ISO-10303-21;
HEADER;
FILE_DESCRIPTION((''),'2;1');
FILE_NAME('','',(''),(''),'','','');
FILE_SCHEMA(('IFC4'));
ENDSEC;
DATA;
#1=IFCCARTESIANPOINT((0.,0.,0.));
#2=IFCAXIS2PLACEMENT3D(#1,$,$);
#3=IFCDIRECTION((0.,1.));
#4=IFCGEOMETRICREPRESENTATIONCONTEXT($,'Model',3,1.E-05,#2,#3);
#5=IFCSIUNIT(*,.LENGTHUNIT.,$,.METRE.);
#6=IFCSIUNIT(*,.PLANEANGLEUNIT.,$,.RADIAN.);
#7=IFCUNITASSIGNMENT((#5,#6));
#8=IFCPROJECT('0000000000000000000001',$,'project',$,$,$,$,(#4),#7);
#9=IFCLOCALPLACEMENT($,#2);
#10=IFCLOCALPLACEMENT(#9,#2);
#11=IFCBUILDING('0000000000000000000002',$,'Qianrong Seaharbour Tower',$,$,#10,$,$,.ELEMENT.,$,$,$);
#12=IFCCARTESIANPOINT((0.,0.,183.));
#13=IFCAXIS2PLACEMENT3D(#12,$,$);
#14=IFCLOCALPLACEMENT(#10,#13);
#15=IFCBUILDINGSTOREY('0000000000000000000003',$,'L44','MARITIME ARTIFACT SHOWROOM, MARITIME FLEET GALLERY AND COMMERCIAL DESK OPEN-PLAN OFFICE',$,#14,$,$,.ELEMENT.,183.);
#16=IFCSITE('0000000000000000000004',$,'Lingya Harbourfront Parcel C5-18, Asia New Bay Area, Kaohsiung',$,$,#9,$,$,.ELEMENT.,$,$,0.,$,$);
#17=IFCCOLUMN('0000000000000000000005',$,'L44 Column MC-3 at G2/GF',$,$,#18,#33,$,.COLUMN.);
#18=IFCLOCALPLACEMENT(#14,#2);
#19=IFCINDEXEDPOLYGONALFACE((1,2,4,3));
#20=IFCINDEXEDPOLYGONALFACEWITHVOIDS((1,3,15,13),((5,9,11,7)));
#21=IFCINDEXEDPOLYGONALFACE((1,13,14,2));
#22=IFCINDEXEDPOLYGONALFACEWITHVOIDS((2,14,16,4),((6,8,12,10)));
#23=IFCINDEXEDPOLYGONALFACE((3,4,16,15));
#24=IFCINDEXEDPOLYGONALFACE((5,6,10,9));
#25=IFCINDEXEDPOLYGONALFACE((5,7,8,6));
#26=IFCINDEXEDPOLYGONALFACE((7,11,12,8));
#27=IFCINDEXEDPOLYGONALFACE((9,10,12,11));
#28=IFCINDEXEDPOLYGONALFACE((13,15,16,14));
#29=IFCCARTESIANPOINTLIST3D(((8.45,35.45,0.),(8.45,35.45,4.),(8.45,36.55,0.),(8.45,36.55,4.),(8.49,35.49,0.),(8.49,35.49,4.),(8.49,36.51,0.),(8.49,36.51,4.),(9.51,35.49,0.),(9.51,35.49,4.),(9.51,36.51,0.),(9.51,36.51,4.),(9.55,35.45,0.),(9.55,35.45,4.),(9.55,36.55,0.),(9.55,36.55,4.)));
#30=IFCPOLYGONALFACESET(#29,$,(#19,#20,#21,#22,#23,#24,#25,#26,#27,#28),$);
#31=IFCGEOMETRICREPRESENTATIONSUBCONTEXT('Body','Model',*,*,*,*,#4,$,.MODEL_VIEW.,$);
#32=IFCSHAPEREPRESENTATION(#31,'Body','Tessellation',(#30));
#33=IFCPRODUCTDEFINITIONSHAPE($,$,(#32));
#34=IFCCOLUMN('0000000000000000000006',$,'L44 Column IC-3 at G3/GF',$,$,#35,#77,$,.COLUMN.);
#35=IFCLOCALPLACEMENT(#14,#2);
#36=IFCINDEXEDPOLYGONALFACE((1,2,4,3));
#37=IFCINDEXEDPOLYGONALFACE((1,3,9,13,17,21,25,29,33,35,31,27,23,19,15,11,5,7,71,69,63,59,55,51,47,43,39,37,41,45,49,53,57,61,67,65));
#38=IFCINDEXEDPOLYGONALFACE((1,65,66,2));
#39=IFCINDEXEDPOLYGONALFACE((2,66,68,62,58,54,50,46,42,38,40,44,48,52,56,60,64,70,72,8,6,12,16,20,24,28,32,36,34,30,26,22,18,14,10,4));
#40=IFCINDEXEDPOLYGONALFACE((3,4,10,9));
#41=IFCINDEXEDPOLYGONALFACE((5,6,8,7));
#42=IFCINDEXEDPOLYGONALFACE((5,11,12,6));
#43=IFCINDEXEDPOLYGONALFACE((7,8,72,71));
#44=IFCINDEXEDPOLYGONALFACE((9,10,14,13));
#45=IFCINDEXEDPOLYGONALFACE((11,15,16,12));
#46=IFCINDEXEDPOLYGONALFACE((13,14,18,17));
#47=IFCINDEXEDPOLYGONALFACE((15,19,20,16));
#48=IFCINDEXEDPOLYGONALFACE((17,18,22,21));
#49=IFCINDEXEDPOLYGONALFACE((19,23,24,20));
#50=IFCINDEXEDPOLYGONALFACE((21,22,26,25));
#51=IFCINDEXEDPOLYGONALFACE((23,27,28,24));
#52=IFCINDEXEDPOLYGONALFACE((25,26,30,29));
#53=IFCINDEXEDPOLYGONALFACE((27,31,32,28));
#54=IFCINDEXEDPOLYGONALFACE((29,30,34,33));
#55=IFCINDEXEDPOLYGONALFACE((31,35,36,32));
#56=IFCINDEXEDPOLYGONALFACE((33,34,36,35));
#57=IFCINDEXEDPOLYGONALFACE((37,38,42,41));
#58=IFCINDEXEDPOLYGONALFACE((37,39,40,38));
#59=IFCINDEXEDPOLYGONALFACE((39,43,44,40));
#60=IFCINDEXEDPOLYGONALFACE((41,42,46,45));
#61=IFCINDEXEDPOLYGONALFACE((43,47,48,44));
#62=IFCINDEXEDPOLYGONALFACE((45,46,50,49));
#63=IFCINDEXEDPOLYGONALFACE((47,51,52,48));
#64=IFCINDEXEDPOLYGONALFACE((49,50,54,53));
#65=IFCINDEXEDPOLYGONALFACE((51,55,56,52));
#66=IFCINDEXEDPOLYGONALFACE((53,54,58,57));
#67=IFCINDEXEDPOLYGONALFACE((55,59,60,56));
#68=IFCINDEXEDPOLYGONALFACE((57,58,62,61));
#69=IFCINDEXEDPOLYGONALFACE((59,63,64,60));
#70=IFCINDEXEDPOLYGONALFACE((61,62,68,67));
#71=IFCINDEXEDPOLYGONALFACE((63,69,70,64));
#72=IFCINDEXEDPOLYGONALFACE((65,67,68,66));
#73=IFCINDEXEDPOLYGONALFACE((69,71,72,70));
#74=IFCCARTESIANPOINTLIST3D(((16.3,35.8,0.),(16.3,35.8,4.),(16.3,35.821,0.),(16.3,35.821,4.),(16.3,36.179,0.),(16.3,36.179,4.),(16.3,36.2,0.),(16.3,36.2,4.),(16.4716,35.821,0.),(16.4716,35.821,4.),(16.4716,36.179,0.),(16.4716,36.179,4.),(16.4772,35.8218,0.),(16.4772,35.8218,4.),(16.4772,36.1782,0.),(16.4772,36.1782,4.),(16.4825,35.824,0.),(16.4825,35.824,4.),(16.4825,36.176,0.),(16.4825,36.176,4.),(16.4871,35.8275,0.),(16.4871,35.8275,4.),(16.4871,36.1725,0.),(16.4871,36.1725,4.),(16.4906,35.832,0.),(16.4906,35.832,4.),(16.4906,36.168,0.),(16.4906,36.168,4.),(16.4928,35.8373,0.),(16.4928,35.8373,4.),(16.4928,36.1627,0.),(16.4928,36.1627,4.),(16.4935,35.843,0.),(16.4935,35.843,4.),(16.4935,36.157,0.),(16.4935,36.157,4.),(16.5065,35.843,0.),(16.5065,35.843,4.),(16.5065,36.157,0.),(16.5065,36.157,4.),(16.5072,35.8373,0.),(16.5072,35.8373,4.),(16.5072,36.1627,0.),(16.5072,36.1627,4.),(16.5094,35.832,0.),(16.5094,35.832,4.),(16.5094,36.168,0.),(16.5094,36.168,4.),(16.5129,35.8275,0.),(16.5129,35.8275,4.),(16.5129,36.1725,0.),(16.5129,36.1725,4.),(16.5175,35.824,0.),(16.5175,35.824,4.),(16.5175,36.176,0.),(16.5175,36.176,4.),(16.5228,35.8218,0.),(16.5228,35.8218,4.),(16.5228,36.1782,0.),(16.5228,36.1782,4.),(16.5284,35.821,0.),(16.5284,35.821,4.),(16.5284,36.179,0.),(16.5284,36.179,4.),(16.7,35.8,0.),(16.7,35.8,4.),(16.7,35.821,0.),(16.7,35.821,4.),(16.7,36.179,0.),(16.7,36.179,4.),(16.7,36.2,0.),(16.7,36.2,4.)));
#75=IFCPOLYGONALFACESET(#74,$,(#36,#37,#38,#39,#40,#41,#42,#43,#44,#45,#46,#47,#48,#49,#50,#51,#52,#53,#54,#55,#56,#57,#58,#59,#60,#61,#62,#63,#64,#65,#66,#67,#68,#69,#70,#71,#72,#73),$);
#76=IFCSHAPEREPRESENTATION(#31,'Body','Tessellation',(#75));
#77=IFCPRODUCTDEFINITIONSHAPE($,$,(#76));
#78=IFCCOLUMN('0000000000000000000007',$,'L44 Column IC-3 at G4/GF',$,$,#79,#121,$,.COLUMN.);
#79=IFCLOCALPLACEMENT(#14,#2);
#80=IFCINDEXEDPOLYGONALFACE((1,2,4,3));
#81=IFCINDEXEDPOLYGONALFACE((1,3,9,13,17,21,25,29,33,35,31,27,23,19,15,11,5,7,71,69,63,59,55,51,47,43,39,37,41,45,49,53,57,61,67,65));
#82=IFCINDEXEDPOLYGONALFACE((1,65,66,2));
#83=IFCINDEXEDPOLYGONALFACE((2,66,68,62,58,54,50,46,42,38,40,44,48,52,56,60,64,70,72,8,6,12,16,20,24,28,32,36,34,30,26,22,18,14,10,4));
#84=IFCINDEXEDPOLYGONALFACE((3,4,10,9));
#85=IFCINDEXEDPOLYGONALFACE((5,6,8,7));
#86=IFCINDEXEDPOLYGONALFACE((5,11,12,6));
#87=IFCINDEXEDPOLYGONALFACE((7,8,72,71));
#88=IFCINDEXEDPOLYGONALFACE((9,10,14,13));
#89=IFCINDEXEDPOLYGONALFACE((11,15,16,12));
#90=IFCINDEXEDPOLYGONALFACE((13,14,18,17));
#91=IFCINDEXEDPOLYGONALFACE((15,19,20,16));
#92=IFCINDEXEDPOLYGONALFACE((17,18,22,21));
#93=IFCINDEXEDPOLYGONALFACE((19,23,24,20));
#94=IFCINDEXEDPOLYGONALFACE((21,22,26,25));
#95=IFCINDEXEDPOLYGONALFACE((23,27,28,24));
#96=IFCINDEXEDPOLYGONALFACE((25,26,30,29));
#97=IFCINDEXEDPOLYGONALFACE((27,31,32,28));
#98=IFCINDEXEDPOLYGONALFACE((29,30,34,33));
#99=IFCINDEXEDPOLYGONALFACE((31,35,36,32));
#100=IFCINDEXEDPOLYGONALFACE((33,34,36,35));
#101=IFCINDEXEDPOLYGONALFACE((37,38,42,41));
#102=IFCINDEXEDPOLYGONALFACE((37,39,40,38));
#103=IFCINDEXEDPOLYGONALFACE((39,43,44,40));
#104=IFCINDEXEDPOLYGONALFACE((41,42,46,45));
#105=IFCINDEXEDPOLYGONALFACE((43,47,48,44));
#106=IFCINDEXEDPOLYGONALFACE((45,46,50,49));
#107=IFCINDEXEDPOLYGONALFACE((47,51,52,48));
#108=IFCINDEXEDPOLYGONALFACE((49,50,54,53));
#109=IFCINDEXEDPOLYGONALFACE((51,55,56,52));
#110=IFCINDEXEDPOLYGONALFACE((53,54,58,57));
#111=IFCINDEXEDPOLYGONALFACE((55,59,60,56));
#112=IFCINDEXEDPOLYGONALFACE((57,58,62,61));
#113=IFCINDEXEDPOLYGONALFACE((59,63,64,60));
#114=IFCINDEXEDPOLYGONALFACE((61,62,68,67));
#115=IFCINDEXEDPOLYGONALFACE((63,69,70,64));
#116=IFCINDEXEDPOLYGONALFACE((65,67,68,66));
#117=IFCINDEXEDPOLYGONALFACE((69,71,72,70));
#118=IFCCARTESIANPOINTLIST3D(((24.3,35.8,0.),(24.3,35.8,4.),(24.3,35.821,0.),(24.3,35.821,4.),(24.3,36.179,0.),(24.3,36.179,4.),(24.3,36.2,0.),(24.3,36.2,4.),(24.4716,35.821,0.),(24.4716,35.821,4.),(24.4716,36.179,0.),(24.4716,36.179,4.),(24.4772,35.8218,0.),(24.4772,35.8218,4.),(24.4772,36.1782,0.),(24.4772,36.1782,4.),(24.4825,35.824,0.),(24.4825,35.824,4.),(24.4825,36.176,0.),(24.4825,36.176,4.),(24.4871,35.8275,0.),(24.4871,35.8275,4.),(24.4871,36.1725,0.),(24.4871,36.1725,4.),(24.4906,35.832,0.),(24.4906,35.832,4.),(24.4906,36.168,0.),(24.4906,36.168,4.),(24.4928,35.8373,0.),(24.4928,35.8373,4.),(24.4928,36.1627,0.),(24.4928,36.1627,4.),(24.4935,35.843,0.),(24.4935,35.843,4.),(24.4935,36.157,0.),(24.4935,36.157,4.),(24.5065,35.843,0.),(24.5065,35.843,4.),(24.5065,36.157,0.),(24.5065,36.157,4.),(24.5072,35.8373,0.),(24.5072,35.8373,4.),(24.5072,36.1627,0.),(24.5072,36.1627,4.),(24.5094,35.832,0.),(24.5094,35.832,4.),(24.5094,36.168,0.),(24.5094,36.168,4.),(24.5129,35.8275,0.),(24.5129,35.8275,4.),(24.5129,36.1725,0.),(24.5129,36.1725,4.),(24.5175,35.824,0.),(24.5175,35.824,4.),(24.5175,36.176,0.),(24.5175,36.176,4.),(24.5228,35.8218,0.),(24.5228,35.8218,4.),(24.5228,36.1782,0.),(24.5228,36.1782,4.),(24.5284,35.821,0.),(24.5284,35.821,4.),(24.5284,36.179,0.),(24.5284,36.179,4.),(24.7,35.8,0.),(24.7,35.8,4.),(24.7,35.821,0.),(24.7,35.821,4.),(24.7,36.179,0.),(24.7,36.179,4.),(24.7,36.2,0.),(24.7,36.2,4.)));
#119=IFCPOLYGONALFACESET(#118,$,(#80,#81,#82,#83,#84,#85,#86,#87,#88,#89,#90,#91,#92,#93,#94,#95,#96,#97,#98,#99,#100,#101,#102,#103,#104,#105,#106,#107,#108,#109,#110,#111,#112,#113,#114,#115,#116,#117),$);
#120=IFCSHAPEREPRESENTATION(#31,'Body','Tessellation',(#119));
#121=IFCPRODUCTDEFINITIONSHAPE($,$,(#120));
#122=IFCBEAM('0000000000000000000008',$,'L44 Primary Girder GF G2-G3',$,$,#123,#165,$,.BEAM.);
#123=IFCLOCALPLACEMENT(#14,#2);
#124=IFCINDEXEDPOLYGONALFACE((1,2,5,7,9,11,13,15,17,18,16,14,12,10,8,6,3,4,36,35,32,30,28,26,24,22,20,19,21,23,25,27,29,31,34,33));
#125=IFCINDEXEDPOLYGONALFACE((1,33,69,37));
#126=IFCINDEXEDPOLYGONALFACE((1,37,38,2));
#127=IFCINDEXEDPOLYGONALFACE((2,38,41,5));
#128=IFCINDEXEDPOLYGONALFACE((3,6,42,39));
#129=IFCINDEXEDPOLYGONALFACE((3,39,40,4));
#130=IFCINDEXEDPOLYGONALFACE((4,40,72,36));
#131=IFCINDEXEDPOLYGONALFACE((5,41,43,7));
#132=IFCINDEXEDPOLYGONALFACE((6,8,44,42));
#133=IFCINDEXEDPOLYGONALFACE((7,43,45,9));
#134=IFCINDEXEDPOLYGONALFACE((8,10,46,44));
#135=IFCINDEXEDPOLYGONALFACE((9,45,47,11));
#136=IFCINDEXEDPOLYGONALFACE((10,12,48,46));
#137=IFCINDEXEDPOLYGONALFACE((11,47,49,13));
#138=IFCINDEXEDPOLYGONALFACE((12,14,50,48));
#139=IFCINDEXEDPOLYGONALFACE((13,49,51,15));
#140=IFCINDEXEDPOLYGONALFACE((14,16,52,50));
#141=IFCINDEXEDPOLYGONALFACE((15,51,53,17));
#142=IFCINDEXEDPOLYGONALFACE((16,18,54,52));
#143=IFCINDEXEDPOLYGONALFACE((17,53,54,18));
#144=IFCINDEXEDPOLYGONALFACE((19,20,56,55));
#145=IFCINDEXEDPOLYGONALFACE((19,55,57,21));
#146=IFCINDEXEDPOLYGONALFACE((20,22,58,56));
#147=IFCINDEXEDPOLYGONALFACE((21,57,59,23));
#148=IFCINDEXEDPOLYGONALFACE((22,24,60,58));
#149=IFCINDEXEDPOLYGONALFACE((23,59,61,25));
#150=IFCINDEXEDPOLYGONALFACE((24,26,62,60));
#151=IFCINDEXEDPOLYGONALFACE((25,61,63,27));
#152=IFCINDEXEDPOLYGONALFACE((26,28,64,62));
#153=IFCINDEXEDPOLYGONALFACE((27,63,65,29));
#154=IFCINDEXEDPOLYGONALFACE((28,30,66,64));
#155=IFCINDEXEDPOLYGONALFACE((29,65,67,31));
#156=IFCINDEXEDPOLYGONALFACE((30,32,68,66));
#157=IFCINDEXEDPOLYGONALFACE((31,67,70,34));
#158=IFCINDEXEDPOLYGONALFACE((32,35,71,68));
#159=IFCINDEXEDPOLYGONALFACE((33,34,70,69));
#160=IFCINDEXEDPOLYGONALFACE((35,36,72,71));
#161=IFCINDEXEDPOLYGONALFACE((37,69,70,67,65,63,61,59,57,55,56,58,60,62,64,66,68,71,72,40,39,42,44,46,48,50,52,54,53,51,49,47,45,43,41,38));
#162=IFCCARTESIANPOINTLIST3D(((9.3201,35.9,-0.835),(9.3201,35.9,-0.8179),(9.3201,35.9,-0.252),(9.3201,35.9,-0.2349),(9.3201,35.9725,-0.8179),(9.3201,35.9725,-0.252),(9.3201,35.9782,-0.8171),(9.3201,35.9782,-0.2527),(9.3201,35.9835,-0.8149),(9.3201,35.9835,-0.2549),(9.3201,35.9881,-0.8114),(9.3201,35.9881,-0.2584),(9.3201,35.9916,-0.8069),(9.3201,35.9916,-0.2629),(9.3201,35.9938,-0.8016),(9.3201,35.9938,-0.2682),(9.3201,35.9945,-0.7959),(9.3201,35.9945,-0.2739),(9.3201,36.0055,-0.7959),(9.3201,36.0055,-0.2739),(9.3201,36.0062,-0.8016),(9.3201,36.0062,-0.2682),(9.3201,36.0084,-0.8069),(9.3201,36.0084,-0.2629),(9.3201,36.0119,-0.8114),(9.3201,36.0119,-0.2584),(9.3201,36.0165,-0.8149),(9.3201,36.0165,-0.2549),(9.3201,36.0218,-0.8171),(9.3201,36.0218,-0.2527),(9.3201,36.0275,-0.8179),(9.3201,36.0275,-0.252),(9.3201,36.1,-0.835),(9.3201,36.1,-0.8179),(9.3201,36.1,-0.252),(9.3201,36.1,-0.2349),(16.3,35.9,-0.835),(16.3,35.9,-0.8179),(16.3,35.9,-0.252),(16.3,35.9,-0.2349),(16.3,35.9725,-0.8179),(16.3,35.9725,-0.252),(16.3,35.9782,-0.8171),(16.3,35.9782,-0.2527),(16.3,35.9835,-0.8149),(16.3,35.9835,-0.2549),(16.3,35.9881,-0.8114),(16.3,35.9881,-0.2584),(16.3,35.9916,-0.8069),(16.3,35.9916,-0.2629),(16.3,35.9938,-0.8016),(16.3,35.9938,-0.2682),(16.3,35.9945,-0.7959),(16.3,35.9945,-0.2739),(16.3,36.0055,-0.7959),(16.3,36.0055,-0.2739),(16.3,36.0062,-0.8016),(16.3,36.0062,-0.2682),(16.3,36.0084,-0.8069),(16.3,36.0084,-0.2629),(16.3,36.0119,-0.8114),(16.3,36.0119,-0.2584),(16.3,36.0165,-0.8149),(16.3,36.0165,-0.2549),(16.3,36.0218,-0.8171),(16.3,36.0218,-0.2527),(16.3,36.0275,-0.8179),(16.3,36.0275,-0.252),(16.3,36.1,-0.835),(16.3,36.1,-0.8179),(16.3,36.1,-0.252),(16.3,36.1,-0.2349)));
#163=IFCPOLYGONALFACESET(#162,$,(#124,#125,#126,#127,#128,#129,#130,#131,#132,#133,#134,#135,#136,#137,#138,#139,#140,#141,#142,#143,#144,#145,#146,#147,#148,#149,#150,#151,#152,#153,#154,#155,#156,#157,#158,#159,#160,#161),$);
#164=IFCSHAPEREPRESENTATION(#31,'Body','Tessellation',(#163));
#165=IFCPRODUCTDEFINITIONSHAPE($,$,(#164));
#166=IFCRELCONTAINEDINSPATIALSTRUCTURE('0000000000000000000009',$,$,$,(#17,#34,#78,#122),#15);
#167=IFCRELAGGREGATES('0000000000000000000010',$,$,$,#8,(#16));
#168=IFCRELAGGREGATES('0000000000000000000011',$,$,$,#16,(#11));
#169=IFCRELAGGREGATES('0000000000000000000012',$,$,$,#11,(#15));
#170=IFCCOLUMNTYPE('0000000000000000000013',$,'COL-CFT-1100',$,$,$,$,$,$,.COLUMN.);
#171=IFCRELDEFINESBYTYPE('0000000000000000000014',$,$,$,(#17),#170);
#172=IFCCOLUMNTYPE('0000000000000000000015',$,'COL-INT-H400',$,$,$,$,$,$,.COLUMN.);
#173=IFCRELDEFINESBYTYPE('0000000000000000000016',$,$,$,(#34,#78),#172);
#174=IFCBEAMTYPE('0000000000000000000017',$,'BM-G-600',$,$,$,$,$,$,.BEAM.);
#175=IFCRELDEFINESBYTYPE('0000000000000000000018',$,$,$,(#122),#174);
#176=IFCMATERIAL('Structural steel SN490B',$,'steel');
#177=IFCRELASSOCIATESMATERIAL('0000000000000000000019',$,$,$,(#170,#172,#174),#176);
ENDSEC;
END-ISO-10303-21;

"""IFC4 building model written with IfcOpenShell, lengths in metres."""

from ifc_helpers import new_model, si_unit, direction, frame, origin, origin_2d, place, context, subcontext, project, spatial, hollow_rectangle, i_section, extrude, material, material_profile, profile_set, type_object, element, save


model = new_model("IFC4")

# Units and contexts
model_context = context("Model", 3, precision=1e-05, world=origin(), true_north=direction((0.0, 1.0)))
body_context = subcontext(model_context, "Body", "Model", "MODEL_VIEW")
ifc_project = project(units=[si_unit("LENGTHUNIT", "METRE"), si_unit("PLANEANGLEUNIT", "RADIAN")], contexts=[model_context])

# Site, building, storey
site_placement = place(None, origin())
site = spatial("IfcSite", under=ifc_project, at=site_placement, Name="Lingya Harbourfront Parcel C5-18, Asia New Bay Area, Kaohsiung", CompositionType="ELEMENT", RefElevation=0.0)
building_placement = place(site_placement, origin())
building = spatial("IfcBuilding", under=site, at=building_placement, Name="Qianrong Seaharbour Tower", CompositionType="ELEMENT")
storey_placement = place(building_placement, frame((0.0, 0.0, 183.0)))
storey = spatial("IfcBuildingStorey", under=building, at=storey_placement, Name="L44", Description="MARITIME ARTIFACT SHOWROOM, MARITIME FLEET GALLERY AND COMMERCIAL DESK OPEN-PLAN OFFICE", CompositionType="ELEMENT", Elevation=183.0)

# Columns
ifc_material_1 = material(Name="Structural steel SN490B", Category="steel")
ifc_material_profile_1 = material_profile(ifc_material_1, hollow_rectangle(XDim=1.1001, YDim=1.1001, WallThickness=0.04, at=origin_2d()), Name="BOX1100x1100x40")
ifc_profile_set_1 = profile_set([ifc_material_profile_1], Name="Structural steel SN490B")
column_type_1 = type_object("IfcColumnType", Name="COL-CFT-1100", PredefinedType="COLUMN", material=ifc_profile_set_1)
column_placement = place(storey_placement, frame((9.0, 36.0, 0.0), z_axis=(0.0, 0.0, 1.0), x_axis=(1.0, 0.0, 0.0)))
element("IfcColumn", 1, at=column_placement, inside=storey, type_object=column_type_1, Name="L44 Column MC-3 at G2/GF", PredefinedType="COLUMN", context=body_context, shape_type="SweptSolid", body=[
    extrude(hollow_rectangle(XDim=1.1001, YDim=1.1001, WallThickness=0.04, at=origin_2d()), origin(), (0.0, 0.0, 1.0), 4.0),
])
ifc_material_profile_2 = material_profile(ifc_material_1, i_section(OverallWidth=0.3999, OverallDepth=0.3999, WebThickness=0.0129, FlangeThickness=0.021, FilletRadius=0.022, at=origin_2d()), Name="H400x400x13x21")
ifc_profile_set_2 = profile_set([ifc_material_profile_2], Name="Structural steel SN490B")
column_type_2 = type_object("IfcColumnType", Name="COL-INT-H400", PredefinedType="COLUMN", material=ifc_profile_set_2)
for number, where, z_axis, x_axis, name in (
    (2, (16.5, 36.0, 0.0), (0.0, 0.0, 1.0), (1.0, 0.0, 0.0), "L44 Column IC-3 at G3/GF"),
    (3, (24.5, 36.0, 0.0), (0.0, 0.0, 1.0), (1.0, 0.0, 0.0), "L44 Column IC-3 at G4/GF"),
):
    element("IfcColumn", number, at=place(storey_placement, frame(where, z_axis=z_axis, x_axis=x_axis)), inside=storey, type_object=column_type_2, Name=name, PredefinedType="COLUMN", context=body_context, shape_type="SweptSolid", body=[
        extrude(i_section(OverallWidth=0.3999, OverallDepth=0.3999, WebThickness=0.0129, FlangeThickness=0.021, FilletRadius=0.022, at=origin_2d()), origin(), (0.0, 0.0, 1.0), 4.0),
    ])

# Beam
ifc_material_profile_3 = material_profile(ifc_material_1, i_section(OverallWidth=0.2, OverallDepth=0.6001, WebThickness=0.011, FlangeThickness=0.0171, FilletRadius=0.022, at=origin_2d()), Name="H600x200x11x17")
ifc_profile_set_3 = profile_set([ifc_material_profile_3], Name="Structural steel SN490B")
beam_type_1 = type_object("IfcBeamType", Name="BM-G-600", PredefinedType="BEAM", material=ifc_profile_set_3)
beam_1_placement = place(storey_placement, frame((9.3201, 36.0, -0.5349), z_axis=(1.0, 0.0, 0.0), x_axis=(0.0, 1.0, 0.0)))
element("IfcBeam", 4, at=beam_1_placement, inside=storey, type_object=beam_type_1, Name="L44 Primary Girder GF G2-G3", PredefinedType="BEAM", context=body_context, shape_type="SweptSolid", body=[
    extrude(i_section(OverallWidth=0.2, OverallDepth=0.6001, WebThickness=0.011, FlangeThickness=0.0171, FilletRadius=0.022, at=origin_2d()), origin(), (0.0, 0.0, 1.0), 6.98),
])

save(model, "model.ifc")
